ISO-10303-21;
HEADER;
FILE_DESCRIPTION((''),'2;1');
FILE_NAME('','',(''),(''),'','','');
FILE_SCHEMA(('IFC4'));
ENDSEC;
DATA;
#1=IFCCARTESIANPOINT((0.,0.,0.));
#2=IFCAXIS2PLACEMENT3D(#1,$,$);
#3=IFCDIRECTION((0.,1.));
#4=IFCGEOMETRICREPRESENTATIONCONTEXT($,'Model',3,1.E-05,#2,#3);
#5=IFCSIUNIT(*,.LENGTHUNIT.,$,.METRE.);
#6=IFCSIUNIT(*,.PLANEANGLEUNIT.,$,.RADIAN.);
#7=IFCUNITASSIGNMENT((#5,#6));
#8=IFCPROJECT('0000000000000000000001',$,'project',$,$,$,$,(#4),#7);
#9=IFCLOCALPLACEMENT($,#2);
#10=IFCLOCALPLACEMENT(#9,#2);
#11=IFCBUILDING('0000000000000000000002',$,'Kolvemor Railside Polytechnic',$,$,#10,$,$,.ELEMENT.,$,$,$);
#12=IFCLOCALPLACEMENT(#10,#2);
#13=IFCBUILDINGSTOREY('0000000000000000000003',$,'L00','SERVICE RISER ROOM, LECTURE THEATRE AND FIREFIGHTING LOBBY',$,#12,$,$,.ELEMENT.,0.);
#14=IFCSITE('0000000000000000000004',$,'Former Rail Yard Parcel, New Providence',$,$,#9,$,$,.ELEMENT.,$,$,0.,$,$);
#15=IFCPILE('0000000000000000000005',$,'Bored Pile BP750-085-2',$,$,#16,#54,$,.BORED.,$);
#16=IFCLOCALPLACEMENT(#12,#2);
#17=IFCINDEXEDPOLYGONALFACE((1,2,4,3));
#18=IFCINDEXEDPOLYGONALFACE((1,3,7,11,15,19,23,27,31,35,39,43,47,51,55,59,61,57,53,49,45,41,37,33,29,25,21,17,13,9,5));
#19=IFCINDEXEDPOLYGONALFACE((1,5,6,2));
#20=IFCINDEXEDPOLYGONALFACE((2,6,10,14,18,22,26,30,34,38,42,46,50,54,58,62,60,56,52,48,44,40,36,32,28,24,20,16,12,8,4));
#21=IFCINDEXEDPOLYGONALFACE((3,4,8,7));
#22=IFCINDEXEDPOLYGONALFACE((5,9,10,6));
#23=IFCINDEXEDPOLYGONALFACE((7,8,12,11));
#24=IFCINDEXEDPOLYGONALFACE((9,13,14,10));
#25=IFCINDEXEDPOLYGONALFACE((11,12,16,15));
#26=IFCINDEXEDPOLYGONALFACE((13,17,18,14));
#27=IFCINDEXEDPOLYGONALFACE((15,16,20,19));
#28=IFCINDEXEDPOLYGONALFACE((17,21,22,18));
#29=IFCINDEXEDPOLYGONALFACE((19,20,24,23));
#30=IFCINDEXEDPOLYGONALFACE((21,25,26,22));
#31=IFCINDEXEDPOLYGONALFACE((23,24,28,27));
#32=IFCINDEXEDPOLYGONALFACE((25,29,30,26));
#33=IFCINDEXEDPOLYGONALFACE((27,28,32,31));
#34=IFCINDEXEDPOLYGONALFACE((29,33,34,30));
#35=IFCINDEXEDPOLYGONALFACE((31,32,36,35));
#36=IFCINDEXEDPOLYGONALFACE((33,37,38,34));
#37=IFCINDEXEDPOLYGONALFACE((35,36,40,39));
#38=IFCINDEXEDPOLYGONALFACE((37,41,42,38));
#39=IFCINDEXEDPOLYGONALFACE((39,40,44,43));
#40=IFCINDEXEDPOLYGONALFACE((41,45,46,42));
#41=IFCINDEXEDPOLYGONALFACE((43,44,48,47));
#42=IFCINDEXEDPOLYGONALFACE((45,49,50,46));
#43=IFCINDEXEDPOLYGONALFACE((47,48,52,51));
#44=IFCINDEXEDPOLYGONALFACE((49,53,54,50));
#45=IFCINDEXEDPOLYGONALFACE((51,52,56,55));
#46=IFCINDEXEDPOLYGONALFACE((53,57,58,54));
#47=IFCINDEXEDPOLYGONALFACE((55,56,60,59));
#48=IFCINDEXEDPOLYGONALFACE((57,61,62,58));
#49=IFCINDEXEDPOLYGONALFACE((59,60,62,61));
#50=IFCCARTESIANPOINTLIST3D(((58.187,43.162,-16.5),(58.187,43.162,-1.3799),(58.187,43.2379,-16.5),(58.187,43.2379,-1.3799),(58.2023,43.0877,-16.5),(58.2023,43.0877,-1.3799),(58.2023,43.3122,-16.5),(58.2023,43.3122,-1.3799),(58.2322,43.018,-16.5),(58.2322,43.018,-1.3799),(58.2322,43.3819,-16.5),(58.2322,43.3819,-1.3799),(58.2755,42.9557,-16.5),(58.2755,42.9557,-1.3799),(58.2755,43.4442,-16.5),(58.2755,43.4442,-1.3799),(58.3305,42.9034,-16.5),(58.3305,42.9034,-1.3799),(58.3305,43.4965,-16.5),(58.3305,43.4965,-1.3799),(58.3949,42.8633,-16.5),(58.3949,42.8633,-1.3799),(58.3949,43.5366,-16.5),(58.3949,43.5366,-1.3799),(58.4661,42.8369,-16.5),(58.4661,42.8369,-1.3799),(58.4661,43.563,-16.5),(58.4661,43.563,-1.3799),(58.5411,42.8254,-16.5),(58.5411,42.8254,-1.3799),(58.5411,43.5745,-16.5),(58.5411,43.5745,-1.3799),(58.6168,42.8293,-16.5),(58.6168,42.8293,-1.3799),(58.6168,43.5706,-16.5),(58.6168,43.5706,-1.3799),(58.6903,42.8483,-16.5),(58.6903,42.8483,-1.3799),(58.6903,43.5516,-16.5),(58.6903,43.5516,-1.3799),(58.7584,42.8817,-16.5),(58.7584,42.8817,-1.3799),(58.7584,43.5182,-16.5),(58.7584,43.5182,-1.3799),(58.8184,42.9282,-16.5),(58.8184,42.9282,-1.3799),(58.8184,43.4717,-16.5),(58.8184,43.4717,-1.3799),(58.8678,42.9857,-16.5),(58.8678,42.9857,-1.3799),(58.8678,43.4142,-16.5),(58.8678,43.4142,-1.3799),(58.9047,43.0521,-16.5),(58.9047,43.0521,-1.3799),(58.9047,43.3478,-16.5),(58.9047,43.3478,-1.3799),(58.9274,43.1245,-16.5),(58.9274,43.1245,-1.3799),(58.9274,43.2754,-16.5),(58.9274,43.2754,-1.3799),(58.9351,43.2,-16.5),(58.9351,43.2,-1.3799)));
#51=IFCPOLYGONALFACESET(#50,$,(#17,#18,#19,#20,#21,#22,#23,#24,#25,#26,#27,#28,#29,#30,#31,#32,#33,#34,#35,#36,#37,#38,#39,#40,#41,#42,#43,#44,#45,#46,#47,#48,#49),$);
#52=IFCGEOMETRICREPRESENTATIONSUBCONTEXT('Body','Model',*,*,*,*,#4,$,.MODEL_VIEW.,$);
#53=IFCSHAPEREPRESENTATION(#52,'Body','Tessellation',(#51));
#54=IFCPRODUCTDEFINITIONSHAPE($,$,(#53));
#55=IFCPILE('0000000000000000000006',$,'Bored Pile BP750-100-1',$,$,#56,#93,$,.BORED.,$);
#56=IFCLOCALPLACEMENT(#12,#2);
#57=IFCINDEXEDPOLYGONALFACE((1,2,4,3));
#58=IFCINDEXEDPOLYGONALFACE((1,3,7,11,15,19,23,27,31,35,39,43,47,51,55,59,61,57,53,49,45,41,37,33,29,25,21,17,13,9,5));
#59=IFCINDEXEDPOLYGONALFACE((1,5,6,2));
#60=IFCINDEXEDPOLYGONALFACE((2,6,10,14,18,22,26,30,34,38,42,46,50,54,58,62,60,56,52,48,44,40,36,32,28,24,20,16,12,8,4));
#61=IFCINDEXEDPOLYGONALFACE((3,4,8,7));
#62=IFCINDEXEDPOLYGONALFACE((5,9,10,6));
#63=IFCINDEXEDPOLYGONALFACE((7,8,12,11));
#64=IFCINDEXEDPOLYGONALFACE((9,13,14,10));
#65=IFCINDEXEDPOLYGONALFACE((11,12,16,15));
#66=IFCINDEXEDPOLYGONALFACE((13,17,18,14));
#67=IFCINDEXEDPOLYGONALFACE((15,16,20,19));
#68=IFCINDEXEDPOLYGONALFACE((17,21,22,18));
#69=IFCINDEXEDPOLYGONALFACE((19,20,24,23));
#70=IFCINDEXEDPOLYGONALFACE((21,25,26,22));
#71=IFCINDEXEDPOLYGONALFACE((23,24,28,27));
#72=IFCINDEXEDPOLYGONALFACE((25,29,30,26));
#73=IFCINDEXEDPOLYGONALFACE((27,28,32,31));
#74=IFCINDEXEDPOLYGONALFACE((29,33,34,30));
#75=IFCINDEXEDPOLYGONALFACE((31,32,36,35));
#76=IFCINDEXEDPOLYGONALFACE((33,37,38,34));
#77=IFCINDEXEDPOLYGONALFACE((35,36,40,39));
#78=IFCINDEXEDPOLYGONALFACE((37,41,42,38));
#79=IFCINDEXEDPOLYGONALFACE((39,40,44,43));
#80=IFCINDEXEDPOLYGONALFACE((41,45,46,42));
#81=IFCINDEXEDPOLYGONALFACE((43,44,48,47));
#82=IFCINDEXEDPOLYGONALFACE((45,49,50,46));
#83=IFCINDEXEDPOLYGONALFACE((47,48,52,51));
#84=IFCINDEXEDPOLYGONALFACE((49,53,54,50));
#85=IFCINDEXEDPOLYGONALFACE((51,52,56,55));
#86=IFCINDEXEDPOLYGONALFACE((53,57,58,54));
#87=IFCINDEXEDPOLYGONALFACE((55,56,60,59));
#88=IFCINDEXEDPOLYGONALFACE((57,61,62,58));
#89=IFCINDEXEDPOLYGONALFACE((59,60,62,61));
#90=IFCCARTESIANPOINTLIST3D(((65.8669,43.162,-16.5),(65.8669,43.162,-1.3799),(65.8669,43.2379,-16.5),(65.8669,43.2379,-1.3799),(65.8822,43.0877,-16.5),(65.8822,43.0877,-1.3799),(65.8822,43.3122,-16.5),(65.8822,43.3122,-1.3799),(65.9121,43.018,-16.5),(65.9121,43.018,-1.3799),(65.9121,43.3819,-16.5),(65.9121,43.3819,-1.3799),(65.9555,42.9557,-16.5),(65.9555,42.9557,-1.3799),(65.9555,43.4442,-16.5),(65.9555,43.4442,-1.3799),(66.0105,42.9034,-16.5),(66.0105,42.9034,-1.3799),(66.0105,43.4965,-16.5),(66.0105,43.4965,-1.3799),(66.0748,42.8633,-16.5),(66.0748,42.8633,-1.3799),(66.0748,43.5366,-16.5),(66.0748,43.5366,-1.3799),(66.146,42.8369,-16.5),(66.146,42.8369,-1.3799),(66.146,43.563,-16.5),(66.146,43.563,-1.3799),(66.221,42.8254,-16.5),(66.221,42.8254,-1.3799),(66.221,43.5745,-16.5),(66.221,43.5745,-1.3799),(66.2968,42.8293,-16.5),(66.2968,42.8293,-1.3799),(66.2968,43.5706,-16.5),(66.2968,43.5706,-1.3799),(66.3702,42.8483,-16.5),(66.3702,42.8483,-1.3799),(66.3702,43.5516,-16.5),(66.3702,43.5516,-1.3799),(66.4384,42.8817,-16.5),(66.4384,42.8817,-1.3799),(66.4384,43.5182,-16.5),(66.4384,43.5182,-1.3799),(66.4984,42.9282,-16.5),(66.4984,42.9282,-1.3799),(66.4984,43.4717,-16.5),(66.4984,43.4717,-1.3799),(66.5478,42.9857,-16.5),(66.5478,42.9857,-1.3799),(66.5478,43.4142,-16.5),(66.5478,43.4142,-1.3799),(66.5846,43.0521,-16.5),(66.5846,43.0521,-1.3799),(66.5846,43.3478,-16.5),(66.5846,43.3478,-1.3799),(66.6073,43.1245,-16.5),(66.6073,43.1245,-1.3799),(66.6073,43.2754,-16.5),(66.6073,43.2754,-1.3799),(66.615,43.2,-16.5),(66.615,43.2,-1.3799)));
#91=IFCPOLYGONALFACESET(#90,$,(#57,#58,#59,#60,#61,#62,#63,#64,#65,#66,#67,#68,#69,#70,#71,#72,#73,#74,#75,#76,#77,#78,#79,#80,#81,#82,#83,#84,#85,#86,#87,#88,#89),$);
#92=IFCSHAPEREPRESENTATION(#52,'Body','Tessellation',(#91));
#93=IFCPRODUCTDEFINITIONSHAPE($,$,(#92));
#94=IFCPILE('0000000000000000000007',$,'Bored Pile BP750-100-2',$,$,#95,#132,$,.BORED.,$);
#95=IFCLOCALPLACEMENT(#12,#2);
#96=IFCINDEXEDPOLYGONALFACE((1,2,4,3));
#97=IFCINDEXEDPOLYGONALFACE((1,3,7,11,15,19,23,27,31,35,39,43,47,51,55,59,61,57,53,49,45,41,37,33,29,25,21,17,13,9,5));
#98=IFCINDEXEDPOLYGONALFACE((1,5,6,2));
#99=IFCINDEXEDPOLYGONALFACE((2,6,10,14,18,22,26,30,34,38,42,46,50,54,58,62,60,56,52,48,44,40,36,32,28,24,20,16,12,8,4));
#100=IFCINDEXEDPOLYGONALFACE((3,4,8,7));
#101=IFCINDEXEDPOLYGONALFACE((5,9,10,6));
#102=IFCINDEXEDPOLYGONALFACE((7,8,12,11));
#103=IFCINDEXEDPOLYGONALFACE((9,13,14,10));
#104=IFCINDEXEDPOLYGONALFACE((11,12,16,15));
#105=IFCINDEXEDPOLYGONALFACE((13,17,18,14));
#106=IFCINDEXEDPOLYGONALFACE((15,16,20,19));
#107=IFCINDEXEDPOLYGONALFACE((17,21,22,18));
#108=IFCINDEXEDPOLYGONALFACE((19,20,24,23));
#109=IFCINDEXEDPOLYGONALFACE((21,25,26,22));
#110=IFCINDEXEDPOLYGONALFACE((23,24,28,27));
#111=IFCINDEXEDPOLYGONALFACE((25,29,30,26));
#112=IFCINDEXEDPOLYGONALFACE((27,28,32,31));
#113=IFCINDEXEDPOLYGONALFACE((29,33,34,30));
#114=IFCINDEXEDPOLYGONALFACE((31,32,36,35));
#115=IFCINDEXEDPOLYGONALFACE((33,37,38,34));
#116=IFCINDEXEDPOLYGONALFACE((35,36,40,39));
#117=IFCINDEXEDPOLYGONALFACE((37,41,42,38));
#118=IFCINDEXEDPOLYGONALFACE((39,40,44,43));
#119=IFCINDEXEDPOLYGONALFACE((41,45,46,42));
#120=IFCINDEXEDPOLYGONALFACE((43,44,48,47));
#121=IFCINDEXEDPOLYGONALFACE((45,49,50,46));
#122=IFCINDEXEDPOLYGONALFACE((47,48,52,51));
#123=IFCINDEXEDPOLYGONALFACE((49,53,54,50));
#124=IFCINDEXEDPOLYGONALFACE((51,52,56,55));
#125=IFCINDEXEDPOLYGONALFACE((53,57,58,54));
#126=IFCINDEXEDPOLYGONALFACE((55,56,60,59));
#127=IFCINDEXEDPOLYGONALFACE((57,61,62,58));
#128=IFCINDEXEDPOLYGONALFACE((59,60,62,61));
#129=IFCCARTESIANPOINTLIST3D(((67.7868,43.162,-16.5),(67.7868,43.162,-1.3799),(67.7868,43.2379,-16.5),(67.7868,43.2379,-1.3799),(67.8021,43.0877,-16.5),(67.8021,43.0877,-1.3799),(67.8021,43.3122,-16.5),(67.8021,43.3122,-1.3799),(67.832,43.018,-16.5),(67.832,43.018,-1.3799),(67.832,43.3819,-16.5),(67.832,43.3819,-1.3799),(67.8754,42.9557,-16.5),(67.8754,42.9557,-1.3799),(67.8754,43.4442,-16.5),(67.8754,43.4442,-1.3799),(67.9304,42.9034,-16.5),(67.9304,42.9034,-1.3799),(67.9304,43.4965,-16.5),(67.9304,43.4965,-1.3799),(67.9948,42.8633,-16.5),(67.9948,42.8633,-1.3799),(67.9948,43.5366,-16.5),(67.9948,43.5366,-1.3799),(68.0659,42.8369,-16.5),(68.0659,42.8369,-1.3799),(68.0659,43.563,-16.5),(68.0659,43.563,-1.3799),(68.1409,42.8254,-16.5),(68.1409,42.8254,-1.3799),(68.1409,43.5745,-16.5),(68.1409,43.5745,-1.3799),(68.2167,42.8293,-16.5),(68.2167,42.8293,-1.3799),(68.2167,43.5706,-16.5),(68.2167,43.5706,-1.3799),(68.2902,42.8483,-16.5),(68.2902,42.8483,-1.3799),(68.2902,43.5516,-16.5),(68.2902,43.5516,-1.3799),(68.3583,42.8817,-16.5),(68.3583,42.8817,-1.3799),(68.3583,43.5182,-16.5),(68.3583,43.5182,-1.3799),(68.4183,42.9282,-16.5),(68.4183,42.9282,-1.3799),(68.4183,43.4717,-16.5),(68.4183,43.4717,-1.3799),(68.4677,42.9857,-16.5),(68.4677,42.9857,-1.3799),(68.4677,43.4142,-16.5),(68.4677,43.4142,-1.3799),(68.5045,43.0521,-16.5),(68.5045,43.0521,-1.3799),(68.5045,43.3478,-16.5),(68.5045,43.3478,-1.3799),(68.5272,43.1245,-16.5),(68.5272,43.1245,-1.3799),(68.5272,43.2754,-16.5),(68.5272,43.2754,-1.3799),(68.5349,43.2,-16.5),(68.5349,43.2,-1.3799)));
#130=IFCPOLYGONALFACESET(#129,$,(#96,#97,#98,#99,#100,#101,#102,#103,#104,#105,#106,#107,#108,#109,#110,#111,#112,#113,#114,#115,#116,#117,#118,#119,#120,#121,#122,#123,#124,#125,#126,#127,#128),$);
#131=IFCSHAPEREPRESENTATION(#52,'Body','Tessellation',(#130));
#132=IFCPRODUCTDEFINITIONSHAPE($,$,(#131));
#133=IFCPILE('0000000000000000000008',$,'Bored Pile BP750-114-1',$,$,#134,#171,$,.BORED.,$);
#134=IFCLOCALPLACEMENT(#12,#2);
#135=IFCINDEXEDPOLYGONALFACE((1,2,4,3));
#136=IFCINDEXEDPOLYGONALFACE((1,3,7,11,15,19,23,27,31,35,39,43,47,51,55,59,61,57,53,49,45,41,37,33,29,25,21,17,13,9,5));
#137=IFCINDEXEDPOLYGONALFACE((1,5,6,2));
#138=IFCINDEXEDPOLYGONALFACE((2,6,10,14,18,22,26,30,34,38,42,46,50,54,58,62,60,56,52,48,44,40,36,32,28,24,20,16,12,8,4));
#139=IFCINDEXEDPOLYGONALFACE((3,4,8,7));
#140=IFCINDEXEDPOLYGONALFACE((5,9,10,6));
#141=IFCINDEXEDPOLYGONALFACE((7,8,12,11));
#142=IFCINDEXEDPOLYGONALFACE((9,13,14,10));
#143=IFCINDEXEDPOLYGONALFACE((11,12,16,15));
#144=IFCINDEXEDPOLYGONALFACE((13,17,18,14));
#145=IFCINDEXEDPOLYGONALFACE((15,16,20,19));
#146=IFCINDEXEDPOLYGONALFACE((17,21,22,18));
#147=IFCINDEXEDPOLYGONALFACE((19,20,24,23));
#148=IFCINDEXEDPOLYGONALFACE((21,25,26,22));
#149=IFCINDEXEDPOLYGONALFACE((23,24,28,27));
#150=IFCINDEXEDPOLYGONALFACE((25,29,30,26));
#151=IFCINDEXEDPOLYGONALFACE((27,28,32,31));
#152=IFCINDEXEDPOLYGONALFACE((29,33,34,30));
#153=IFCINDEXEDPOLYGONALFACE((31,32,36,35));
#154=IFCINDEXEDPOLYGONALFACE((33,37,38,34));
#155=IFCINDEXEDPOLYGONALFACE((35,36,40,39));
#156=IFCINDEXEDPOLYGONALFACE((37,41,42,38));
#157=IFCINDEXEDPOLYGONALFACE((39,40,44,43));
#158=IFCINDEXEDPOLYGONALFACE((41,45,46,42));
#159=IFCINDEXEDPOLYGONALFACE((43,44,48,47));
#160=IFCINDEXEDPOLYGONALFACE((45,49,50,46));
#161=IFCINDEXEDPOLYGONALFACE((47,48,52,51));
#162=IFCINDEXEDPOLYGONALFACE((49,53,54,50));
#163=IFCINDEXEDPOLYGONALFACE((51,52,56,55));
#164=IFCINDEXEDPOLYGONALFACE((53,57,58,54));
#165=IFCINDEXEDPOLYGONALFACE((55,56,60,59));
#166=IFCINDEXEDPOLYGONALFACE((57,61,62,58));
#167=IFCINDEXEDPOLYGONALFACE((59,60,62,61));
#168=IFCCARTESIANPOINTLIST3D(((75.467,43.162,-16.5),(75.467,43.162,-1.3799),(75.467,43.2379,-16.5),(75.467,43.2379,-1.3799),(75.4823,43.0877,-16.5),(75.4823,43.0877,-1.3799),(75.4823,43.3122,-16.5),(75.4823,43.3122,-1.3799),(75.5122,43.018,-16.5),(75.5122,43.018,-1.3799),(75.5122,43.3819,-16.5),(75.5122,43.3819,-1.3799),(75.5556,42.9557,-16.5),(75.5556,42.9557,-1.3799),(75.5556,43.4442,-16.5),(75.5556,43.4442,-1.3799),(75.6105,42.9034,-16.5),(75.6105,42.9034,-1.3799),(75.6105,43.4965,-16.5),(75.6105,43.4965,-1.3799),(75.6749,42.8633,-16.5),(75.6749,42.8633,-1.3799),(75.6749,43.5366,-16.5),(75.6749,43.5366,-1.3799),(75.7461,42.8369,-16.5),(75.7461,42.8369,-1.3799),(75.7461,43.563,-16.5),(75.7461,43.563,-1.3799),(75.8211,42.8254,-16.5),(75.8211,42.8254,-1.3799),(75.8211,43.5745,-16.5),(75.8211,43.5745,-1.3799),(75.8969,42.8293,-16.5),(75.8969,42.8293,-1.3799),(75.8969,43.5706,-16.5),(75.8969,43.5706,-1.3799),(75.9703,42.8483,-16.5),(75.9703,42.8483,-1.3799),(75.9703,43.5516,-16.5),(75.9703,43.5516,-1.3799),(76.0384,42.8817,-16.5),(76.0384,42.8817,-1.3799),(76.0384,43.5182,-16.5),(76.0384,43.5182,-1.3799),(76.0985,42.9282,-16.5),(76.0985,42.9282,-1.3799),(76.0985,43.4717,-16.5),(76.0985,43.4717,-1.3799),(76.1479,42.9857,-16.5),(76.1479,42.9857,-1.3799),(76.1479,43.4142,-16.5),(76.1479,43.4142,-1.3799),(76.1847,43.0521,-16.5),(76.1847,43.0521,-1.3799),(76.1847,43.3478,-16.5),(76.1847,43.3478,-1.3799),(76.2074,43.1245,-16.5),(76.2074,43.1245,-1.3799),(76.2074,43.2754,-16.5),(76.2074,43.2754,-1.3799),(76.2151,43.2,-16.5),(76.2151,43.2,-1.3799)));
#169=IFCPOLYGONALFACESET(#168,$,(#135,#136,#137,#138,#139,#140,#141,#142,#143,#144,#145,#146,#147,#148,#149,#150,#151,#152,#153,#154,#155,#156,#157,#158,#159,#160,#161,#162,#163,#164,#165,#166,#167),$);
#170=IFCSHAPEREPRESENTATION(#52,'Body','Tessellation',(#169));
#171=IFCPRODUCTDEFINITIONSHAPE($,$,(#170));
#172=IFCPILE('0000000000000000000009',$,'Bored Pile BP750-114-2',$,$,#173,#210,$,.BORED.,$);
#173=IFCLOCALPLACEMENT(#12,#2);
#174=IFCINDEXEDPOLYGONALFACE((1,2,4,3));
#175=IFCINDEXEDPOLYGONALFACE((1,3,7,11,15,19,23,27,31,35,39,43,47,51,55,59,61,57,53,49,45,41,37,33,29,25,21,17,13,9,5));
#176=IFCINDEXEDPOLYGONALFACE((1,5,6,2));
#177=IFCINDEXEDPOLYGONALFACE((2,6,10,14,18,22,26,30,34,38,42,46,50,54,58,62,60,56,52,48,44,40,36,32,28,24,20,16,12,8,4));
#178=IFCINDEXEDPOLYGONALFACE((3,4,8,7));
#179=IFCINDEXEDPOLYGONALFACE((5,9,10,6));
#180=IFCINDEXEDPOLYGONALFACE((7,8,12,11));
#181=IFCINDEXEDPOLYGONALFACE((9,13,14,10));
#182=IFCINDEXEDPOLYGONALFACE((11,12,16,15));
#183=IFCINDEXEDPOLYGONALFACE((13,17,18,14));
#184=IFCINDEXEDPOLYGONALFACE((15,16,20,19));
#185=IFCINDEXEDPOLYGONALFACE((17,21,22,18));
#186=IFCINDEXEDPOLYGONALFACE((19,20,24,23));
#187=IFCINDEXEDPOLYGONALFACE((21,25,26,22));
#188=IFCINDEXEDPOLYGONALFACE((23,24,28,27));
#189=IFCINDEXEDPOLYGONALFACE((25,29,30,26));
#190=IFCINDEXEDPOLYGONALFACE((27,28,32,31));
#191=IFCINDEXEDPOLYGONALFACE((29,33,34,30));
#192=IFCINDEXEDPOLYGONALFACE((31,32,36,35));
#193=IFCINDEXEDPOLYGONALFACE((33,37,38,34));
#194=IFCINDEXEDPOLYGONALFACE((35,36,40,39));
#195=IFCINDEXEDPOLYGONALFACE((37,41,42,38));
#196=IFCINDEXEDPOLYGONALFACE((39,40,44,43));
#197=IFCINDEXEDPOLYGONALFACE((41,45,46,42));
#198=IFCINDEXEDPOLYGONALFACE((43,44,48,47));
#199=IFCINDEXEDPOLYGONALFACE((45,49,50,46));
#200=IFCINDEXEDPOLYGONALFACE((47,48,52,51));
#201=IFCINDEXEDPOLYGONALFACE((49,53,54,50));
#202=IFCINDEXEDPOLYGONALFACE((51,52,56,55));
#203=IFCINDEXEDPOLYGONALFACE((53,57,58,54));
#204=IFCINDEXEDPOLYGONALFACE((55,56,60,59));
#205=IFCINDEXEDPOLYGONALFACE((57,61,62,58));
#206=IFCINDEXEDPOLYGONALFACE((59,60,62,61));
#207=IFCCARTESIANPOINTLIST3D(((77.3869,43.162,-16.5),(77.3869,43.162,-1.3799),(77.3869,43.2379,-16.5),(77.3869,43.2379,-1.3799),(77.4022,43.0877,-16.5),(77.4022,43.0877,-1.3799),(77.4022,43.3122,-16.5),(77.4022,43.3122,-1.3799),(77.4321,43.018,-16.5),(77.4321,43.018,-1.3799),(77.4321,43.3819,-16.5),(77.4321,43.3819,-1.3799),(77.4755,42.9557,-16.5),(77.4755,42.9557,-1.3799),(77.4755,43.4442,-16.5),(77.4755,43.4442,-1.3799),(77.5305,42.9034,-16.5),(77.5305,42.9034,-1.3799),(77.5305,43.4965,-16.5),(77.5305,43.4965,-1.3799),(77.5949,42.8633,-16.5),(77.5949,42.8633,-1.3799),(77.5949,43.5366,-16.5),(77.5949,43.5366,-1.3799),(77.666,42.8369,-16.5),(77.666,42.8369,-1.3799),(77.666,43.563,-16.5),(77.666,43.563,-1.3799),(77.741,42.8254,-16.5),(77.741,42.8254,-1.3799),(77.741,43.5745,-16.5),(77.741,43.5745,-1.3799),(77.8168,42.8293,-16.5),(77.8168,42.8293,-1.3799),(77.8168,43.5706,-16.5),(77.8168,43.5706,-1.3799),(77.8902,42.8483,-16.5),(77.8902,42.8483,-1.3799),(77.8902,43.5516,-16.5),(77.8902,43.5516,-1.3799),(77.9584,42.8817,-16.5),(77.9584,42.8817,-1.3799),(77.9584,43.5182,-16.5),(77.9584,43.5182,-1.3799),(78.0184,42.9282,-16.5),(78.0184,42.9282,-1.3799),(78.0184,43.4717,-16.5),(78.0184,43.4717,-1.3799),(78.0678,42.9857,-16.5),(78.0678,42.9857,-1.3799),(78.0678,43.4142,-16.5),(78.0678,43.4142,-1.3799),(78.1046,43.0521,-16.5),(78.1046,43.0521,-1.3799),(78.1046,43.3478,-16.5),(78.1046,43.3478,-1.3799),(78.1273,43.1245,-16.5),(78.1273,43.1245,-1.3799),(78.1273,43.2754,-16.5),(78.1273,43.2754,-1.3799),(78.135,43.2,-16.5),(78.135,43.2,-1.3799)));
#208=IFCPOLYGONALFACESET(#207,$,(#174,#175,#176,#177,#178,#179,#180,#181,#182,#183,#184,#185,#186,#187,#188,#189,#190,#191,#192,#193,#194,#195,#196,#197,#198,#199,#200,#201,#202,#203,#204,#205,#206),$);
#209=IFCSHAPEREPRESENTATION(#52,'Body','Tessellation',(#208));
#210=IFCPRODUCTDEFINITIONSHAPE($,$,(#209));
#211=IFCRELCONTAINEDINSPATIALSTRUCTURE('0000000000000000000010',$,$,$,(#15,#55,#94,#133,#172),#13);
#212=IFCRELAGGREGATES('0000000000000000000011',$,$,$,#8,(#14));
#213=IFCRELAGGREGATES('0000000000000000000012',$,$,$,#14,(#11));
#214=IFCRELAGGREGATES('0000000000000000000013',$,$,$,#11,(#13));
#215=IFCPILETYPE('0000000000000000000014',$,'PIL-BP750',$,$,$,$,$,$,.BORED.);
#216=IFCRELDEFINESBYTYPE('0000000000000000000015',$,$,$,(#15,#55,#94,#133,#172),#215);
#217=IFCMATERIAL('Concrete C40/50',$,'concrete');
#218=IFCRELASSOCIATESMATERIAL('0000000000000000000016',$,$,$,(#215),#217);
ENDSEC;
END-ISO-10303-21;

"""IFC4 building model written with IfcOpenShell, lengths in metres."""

from ifc_helpers import new_model, si_unit, direction, frame, origin, origin_2d, place, context, subcontext, project, spatial, circle, extrude, material, material_profile, profile_set, type_object, element, save


model = new_model("IFC4")

# Units and contexts
model_context = context("Model", 3, precision=1e-05, world=origin(), true_north=direction((0.0, 1.0)))
body_context = subcontext(model_context, "Body", "Model", "MODEL_VIEW")
ifc_project = project(units=[si_unit("LENGTHUNIT", "METRE"), si_unit("PLANEANGLEUNIT", "RADIAN")], contexts=[model_context])

# Site, building, storey
site_placement = place(None, origin())
site = spatial("IfcSite", under=ifc_project, at=site_placement, Name="Former Rail Yard Parcel, New Providence", CompositionType="ELEMENT", RefElevation=0.0)
building_placement = place(site_placement, origin())
building = spatial("IfcBuilding", under=site, at=building_placement, Name="Kolvemor Railside Polytechnic", CompositionType="ELEMENT")
storey_placement = place(building_placement, origin())
storey = spatial("IfcBuildingStorey", under=building, at=storey_placement, Name="L00", Description="SERVICE RISER ROOM, LECTURE THEATRE AND FIREFIGHTING LOBBY", CompositionType="ELEMENT", Elevation=0.0)

# Piles
ifc_material_1 = material(Name="Concrete C40/50", Category="concrete")
ifc_material_profile_1 = material_profile(ifc_material_1, circle(Radius=0.375, at=origin_2d()), Name="BP750")
ifc_profile_set_1 = profile_set([ifc_material_profile_1], Name="Concrete C40/50")
pile_type = type_object("IfcPileType", Name="PIL-BP750", PredefinedType="BORED", material=ifc_profile_set_1)
for number, where, z_axis, x_axis, name in (
    (1, (58.5601, 43.2, -1.3799), (0.0, 0.0, -1.0), (1.0, 0.0, 0.0), "Bored Pile BP750-085-2"),
    (2, (66.24, 43.2, -1.3799), (0.0, 0.0, -1.0), (1.0, 0.0, 0.0), "Bored Pile BP750-100-1"),
    (3, (68.1599, 43.2, -1.3799), (0.0, 0.0, -1.0), (1.0, 0.0, 0.0), "Bored Pile BP750-100-2"),
    (4, (75.8401, 43.2, -1.3799), (0.0, 0.0, -1.0), (1.0, 0.0, 0.0), "Bored Pile BP750-114-1"),
    (5, (77.76, 43.2, -1.3799), (0.0, 0.0, -1.0), (1.0, 0.0, 0.0), "Bored Pile BP750-114-2"),
):
    element("IfcPile", number, at=place(storey_placement, frame(where, z_axis=z_axis, x_axis=x_axis)), inside=storey, type_object=pile_type, Name=name, PredefinedType="BORED", context=body_context, shape_type="SweptSolid", body=[
        extrude(circle(Radius=0.375, at=origin_2d()), origin(), (0.0, 0.0, 1.0), 15.1201),
    ])

save(model, "model.ifc")
